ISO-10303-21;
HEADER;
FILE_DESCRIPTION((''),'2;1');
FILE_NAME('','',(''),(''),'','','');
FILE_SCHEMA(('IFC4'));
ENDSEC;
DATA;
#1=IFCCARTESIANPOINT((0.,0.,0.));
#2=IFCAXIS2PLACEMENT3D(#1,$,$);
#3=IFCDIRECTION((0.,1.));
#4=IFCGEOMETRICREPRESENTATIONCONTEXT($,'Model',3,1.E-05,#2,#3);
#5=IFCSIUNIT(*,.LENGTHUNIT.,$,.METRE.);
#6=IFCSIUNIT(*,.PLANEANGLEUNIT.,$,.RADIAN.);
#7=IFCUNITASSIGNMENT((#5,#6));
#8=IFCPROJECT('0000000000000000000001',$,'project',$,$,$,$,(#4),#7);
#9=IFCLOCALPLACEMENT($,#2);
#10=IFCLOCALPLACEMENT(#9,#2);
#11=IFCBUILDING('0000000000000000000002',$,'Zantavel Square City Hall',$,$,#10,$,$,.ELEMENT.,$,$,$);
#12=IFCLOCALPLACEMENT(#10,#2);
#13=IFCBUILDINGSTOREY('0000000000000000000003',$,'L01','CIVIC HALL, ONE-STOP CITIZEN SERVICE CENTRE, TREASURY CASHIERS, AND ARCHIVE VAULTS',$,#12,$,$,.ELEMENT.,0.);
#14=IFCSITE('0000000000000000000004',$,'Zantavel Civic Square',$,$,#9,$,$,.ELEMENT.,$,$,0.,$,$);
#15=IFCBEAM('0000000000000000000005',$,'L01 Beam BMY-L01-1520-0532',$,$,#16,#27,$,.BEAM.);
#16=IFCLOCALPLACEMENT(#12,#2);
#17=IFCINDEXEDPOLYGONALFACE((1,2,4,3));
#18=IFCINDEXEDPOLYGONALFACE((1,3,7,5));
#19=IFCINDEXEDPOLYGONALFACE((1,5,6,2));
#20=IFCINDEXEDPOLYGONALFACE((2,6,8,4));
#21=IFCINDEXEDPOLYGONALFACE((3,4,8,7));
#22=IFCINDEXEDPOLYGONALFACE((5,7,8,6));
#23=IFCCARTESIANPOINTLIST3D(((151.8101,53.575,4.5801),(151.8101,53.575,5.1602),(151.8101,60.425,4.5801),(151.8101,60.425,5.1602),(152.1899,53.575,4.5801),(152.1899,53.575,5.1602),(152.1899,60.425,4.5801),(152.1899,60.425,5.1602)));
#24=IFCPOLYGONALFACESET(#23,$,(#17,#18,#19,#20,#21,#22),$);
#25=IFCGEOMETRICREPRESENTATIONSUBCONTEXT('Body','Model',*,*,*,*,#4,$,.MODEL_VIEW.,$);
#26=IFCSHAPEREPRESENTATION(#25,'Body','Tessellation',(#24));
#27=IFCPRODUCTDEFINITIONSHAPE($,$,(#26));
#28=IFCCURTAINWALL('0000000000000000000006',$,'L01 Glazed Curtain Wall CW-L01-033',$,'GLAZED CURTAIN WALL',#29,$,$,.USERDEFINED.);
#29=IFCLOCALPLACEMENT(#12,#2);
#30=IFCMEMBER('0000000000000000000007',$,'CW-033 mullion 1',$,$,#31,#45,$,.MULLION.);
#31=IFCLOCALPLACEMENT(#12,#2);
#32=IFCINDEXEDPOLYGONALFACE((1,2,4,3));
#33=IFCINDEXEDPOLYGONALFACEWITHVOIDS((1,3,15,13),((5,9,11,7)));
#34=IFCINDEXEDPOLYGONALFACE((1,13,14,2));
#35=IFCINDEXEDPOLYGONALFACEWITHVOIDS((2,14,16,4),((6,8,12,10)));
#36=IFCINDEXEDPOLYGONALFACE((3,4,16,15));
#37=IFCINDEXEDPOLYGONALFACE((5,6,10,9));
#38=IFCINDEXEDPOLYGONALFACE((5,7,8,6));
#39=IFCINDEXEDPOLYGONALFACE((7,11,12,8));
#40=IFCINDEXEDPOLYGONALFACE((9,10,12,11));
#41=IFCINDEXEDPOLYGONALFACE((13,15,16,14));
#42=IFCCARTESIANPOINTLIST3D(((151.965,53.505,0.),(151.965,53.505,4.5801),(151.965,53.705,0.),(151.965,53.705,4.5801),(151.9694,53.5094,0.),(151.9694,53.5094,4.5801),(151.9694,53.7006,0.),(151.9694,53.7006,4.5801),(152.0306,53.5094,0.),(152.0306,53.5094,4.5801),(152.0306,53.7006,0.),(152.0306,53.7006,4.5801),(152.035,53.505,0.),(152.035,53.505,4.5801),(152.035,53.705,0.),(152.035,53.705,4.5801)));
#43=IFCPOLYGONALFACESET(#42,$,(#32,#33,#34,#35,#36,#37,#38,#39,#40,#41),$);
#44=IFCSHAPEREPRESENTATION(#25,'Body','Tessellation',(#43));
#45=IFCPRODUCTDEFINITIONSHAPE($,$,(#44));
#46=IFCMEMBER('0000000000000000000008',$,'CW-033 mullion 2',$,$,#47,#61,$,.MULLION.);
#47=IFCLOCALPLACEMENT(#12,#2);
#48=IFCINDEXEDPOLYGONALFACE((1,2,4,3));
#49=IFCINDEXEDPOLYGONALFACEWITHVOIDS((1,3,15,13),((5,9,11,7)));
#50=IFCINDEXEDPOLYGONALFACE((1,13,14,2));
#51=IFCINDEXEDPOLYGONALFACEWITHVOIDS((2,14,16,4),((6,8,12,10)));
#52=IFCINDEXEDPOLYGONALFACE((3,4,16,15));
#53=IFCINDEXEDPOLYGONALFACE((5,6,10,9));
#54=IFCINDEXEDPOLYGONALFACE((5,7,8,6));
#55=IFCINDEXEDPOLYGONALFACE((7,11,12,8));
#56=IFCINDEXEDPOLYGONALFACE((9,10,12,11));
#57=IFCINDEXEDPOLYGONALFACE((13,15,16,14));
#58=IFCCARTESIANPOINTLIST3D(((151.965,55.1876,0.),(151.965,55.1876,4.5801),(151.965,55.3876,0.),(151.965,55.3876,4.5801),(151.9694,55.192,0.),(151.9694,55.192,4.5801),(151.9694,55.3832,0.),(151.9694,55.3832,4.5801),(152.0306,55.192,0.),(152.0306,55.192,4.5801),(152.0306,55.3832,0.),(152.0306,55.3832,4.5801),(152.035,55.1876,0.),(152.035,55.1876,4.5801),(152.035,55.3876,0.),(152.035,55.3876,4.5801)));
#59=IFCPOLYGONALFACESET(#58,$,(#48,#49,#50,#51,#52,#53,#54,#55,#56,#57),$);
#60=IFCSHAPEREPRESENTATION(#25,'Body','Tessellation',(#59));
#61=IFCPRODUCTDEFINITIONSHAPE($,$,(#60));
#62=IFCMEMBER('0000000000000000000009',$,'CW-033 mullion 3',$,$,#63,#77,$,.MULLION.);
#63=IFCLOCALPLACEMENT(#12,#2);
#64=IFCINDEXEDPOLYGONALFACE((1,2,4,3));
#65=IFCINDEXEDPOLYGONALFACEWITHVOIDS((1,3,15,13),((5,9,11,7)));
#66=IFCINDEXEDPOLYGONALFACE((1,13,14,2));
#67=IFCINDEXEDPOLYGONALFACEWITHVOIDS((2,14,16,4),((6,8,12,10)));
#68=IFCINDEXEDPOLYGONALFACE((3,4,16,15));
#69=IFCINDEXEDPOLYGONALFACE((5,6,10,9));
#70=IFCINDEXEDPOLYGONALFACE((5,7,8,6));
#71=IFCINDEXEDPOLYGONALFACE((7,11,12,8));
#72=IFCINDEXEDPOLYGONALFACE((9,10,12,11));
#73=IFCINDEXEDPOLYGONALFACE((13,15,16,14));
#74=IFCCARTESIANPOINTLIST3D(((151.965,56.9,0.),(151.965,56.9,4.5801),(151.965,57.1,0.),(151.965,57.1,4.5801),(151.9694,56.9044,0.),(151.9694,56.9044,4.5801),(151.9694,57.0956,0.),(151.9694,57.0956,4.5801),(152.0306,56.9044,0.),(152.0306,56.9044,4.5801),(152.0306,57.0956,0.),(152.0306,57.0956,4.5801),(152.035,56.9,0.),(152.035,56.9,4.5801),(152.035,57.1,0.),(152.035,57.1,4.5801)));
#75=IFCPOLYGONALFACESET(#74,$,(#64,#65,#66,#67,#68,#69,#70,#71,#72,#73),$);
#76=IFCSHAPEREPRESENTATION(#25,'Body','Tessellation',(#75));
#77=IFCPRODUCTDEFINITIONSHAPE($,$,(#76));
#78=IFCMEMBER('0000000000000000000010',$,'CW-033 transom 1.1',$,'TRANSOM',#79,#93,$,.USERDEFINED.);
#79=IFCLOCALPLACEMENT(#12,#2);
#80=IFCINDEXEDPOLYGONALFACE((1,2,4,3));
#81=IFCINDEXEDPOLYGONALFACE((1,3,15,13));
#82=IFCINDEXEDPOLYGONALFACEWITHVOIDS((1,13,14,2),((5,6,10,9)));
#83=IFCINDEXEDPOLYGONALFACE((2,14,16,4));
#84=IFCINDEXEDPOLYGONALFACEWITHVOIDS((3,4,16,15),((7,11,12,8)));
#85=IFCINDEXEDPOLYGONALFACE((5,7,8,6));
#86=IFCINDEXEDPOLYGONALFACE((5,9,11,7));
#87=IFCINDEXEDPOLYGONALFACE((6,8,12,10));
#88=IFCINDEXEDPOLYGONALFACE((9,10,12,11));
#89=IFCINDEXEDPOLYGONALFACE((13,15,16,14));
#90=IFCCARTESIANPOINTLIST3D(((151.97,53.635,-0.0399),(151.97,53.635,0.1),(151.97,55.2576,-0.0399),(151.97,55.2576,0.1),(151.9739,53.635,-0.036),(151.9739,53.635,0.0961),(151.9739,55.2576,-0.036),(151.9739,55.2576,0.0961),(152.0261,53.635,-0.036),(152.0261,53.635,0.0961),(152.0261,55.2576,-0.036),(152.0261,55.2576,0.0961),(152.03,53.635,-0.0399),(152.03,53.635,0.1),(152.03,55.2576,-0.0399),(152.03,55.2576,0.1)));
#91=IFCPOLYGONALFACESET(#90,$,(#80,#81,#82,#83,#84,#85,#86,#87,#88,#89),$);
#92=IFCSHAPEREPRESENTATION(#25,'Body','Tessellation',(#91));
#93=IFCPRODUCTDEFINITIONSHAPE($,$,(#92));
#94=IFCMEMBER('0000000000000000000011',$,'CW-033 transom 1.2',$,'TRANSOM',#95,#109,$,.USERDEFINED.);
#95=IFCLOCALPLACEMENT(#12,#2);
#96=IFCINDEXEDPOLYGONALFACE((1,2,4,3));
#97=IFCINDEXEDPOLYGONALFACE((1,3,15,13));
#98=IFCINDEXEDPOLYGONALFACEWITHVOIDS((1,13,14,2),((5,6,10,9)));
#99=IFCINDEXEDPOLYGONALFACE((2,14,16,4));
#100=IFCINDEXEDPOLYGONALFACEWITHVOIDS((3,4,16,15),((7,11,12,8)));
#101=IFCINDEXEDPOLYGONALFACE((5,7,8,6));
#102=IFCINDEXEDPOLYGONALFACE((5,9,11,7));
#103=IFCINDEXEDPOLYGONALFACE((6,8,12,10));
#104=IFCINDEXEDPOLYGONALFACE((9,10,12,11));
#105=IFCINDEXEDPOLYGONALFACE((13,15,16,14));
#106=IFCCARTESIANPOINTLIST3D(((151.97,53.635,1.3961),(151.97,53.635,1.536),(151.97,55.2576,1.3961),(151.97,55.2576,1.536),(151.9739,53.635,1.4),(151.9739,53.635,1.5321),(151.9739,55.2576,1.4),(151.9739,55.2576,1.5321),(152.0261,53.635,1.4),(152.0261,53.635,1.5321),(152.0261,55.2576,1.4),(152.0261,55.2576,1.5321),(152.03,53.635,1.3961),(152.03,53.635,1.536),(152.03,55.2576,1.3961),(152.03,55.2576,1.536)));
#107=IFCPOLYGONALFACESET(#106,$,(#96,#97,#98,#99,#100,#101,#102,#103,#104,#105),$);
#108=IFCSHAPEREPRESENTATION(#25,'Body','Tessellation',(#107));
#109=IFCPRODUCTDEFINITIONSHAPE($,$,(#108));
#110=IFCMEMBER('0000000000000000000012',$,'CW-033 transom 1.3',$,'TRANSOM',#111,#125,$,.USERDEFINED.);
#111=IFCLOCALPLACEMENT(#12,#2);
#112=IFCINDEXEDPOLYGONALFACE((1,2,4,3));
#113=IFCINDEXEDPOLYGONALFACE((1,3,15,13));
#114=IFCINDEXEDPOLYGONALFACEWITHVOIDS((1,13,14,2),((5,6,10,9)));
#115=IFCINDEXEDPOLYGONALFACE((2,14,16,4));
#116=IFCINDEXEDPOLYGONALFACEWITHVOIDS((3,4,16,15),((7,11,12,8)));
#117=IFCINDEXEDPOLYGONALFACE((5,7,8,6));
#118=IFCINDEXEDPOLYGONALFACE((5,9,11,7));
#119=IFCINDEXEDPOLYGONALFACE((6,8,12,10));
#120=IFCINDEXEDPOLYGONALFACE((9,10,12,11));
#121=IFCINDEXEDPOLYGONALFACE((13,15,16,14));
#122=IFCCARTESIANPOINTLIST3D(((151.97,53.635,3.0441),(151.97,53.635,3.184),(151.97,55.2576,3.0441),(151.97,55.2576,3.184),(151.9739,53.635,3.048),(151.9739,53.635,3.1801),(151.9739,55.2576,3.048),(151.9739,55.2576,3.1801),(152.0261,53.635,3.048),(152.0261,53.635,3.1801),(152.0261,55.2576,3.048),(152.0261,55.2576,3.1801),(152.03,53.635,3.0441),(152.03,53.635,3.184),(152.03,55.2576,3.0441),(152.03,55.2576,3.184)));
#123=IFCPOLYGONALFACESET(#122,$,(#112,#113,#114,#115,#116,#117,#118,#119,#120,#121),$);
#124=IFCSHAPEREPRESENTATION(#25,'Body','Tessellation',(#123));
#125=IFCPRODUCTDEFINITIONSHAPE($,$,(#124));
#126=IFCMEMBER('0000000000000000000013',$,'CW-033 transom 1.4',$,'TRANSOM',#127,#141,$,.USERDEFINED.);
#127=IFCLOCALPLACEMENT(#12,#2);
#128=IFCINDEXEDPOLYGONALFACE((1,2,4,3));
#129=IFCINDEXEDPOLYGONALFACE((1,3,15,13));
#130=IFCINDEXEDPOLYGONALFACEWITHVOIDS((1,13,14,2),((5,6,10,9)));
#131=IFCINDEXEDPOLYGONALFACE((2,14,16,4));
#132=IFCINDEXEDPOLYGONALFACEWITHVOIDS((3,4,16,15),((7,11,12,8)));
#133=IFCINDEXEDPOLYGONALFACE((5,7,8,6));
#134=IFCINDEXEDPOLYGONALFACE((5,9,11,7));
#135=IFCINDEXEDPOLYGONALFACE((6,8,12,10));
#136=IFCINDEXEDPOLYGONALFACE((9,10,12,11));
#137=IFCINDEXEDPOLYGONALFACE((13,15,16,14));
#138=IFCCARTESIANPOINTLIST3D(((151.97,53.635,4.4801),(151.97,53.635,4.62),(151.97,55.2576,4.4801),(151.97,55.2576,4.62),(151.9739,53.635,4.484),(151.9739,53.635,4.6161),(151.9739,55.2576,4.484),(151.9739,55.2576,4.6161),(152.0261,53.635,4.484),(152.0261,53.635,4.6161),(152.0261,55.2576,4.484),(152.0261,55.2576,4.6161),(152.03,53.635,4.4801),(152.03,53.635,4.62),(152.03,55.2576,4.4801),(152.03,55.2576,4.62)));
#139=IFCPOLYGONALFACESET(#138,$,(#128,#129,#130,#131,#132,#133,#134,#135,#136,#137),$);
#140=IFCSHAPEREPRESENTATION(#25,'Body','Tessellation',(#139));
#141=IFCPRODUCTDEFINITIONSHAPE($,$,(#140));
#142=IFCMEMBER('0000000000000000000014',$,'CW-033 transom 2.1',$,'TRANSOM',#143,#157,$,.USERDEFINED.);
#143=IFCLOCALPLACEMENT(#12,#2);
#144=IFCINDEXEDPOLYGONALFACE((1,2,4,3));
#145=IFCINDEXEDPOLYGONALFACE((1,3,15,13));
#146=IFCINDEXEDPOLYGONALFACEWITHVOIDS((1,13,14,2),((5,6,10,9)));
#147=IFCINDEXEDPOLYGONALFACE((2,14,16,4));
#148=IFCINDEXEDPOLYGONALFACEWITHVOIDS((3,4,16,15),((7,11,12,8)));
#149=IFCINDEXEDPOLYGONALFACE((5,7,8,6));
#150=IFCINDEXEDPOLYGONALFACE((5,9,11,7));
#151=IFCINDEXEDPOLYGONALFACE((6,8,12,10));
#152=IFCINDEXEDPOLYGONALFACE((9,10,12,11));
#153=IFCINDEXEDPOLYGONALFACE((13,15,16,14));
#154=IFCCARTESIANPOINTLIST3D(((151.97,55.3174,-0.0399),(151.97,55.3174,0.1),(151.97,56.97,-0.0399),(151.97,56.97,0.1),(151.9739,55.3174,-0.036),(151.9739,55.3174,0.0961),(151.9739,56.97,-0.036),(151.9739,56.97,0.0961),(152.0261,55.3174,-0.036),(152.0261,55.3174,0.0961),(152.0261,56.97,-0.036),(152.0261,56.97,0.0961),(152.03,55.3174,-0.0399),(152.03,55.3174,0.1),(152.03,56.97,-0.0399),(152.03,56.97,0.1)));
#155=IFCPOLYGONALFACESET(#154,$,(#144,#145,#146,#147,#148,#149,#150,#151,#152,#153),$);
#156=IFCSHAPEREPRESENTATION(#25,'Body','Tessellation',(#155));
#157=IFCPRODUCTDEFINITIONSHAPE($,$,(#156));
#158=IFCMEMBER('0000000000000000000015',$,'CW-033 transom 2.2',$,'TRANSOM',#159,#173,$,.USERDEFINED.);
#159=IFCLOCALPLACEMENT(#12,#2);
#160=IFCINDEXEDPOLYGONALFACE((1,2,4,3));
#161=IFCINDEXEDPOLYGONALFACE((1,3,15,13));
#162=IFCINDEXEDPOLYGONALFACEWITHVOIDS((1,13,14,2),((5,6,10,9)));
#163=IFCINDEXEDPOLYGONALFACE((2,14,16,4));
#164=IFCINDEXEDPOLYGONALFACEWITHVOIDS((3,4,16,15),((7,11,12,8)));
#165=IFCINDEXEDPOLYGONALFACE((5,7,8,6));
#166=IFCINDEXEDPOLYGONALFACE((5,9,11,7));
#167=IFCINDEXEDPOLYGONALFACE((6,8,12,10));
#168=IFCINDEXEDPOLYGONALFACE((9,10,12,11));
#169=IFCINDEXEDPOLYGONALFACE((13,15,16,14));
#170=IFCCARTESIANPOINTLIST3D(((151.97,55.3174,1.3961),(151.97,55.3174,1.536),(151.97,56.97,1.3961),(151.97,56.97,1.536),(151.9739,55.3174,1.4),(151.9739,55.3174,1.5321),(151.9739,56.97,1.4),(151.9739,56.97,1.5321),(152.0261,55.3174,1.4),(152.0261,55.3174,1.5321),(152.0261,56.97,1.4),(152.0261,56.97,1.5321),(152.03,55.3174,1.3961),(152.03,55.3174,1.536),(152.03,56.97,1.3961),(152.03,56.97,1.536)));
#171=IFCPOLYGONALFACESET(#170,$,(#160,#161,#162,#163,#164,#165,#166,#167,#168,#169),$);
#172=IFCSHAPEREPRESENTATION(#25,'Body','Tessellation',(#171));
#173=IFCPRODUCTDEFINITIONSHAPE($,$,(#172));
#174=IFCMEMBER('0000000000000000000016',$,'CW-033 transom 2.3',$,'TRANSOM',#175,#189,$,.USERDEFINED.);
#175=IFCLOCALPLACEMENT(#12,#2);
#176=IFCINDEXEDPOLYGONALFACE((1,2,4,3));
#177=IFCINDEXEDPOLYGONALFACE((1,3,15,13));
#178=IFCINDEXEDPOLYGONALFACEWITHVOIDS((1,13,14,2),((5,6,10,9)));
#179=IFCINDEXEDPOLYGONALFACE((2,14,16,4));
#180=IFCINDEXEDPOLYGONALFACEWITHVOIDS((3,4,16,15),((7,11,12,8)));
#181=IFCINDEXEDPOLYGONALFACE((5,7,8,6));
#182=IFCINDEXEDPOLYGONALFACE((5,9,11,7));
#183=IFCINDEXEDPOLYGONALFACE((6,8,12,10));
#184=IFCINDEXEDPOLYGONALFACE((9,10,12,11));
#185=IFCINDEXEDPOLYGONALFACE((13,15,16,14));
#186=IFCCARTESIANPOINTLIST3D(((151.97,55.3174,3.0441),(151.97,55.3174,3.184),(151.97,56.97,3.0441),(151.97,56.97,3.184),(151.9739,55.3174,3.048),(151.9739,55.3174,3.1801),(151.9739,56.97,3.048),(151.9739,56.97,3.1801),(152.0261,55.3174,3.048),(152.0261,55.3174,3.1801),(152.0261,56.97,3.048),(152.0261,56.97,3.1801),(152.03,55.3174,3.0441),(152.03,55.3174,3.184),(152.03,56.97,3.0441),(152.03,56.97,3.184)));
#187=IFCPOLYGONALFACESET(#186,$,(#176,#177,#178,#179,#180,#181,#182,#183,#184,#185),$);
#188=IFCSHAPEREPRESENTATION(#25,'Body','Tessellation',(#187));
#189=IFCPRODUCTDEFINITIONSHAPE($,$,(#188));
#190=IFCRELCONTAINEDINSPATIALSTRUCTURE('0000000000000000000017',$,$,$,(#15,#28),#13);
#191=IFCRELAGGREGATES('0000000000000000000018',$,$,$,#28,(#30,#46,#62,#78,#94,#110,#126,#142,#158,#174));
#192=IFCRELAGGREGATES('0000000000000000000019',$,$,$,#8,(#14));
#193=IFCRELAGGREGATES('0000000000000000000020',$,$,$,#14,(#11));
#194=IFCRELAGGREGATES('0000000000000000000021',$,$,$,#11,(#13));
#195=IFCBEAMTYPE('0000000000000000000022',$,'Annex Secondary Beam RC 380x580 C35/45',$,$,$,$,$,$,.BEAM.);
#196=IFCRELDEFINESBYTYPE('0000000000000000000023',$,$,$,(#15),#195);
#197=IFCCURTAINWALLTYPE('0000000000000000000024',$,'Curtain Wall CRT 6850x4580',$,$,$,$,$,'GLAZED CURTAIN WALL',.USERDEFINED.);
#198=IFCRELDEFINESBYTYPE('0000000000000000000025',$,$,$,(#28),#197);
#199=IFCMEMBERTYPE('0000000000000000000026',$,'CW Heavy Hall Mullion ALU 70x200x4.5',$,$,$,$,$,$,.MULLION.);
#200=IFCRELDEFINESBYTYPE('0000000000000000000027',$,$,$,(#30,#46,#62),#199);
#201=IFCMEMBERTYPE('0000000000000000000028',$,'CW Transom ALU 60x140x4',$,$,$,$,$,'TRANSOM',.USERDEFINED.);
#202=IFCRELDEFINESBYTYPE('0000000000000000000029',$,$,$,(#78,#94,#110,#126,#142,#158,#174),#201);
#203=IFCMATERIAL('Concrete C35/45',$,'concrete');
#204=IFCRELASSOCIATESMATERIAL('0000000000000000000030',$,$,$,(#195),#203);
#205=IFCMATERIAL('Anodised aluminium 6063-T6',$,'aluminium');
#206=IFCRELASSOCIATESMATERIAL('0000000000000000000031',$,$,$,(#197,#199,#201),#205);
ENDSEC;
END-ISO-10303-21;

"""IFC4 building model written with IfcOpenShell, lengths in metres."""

from ifc_helpers import new_model, si_unit, direction, frame, origin, origin_2d, place, context, subcontext, project, spatial, rectangle, hollow_rectangle, extrude, material, material_profile, profile_set, type_object, element, aggregate, save


model = new_model("IFC4")

# Units and contexts
model_context = context("Model", 3, precision=1e-05, world=origin(), true_north=direction((0.0, 1.0)))
body_context = subcontext(model_context, "Body", "Model", "MODEL_VIEW")
ifc_project = project(units=[si_unit("LENGTHUNIT", "METRE"), si_unit("PLANEANGLEUNIT", "RADIAN")], contexts=[model_context])

# Site, building, storey
site_placement = place(None, origin())
site = spatial("IfcSite", under=ifc_project, at=site_placement, Name="Zantavel Civic Square", CompositionType="ELEMENT", RefElevation=0.0)
building_placement = place(site_placement, origin())
building = spatial("IfcBuilding", under=site, at=building_placement, Name="Zantavel Square City Hall", CompositionType="ELEMENT")
storey_placement = place(building_placement, origin())
storey = spatial("IfcBuildingStorey", under=building, at=storey_placement, Name="L01", Description="CIVIC HALL, ONE-STOP CITIZEN SERVICE CENTRE, TREASURY CASHIERS, AND ARCHIVE VAULTS", CompositionType="ELEMENT", Elevation=0.0)

# Beam
ifc_material_1 = material(Name="Concrete C35/45", Category="concrete")
ifc_material_profile_1 = material_profile(ifc_material_1, rectangle(XDim=0.3799, YDim=0.5801, at=origin_2d()), Name="RC 380x580")
ifc_profile_set_1 = profile_set([ifc_material_profile_1], Name="Concrete C35/45")
beam_type = type_object("IfcBeamType", Name="Annex Secondary Beam RC 380x580 C35/45", PredefinedType="BEAM", material=ifc_profile_set_1)
beam_placement = place(storey_placement, frame((152.0, 53.575, 4.8701), z_axis=(0.0, 1.0, 0.0), x_axis=(-1.0, 0.0, 0.0)))
element("IfcBeam", 1, at=beam_placement, inside=storey, type_object=beam_type, Name="L01 Beam BMY-L01-1520-0532", PredefinedType="BEAM", context=body_context, shape_type="SweptSolid", body=[
    extrude(rectangle(XDim=0.3799, YDim=0.5801, at=origin_2d()), origin(), (0.0, 0.0, 1.0), 6.8501),
])

# Curtain wall, members
ifc_material_2 = material(Name="Anodised aluminium 6063-T6", Category="aluminium")
curtain_wall_type = type_object("IfcCurtainWallType", Name="Curtain Wall CRT 6850x4580", ElementType="GLAZED CURTAIN WALL", PredefinedType="USERDEFINED", material=ifc_material_2)
curtain_wall_placement = place(storey_placement, origin())
curtain_wall = element("IfcCurtainWall", 2, at=curtain_wall_placement, inside=storey, type_object=curtain_wall_type, Name="L01 Glazed Curtain Wall CW-L01-033", ObjectType="GLAZED CURTAIN WALL", PredefinedType="USERDEFINED")
ifc_material_profile_2 = material_profile(ifc_material_2, hollow_rectangle(XDim=0.0701, YDim=0.2, WallThickness=0.0044, at=origin_2d()), Name="ALU 70x200x4.5")
ifc_profile_set_2 = profile_set([ifc_material_profile_2], Name="Anodised aluminium 6063-T6")
member_type_1 = type_object("IfcMemberType", Name="CW Heavy Hall Mullion ALU 70x200x4.5", PredefinedType="MULLION", material=ifc_profile_set_2)
member_1_placement = place(storey_placement, frame((152.0, 53.605, 0.0), z_axis=(0.0, 0.0, 1.0), x_axis=(-1.0, 0.0, 0.0)))
member_1 = element("IfcMember", 3, at=member_1_placement, type_object=member_type_1, Name="CW-033 mullion 1", PredefinedType="MULLION", context=body_context, shape_type="SweptSolid", body=[
    extrude(hollow_rectangle(XDim=0.0701, YDim=0.2, WallThickness=0.0044, at=origin_2d()), origin(), (0.0, 0.0, 1.0), 4.5801),
])
member_2_placement = place(storey_placement, frame((152.0, 55.2876, 0.0), z_axis=(0.0, 0.0, 1.0), x_axis=(-1.0, 0.0, 0.0)))
member_2 = element("IfcMember", 4, at=member_2_placement, type_object=member_type_1, Name="CW-033 mullion 2", PredefinedType="MULLION", context=body_context, shape_type="SweptSolid", body=[
    extrude(hollow_rectangle(XDim=0.0701, YDim=0.2, WallThickness=0.0044, at=origin_2d()), origin(), (0.0, 0.0, 1.0), 4.5801),
])
member_3_placement = place(storey_placement, frame((152.0, 57.0, 0.0), z_axis=(0.0, 0.0, 1.0), x_axis=(-1.0, 0.0, 0.0)))
member_3 = element("IfcMember", 5, at=member_3_placement, type_object=member_type_1, Name="CW-033 mullion 3", PredefinedType="MULLION", context=body_context, shape_type="SweptSolid", body=[
    extrude(hollow_rectangle(XDim=0.0701, YDim=0.2, WallThickness=0.0044, at=origin_2d()), origin(), (0.0, 0.0, 1.0), 4.5801),
])
ifc_material_profile_3 = material_profile(ifc_material_2, hollow_rectangle(XDim=0.0601, YDim=0.1399, WallThickness=0.0039, at=origin_2d()), Name="ALU 60x140x4")
ifc_profile_set_3 = profile_set([ifc_material_profile_3], Name="Anodised aluminium 6063-T6")
member_type_2 = type_object("IfcMemberType", Name="CW Transom ALU 60x140x4", ElementType="TRANSOM", PredefinedType="USERDEFINED", material=ifc_profile_set_3)
member_4_placement = place(storey_placement, frame((152.0, 53.635, 0.03), z_axis=(0.0, 1.0, 0.0), x_axis=(-1.0, 0.0, 0.0)))
member_4 = element("IfcMember", 6, at=member_4_placement, type_object=member_type_2, Name="CW-033 transom 1.1", ObjectType="TRANSOM", PredefinedType="USERDEFINED", context=body_context, shape_type="SweptSolid", body=[
    extrude(hollow_rectangle(XDim=0.0601, YDim=0.1399, WallThickness=0.0039, at=origin_2d()), origin(), (0.0, 0.0, 1.0), 1.6226),
])
member_5_placement = place(storey_placement, frame((152.0, 53.635, 1.4661), z_axis=(0.0, 1.0, 0.0), x_axis=(-1.0, 0.0, 0.0)))
member_5 = element("IfcMember", 7, at=member_5_placement, type_object=member_type_2, Name="CW-033 transom 1.2", ObjectType="TRANSOM", PredefinedType="USERDEFINED", context=body_context, shape_type="SweptSolid", body=[
    extrude(hollow_rectangle(XDim=0.0601, YDim=0.1399, WallThickness=0.0039, at=origin_2d()), origin(), (0.0, 0.0, 1.0), 1.6226),
])
member_6_placement = place(storey_placement, frame((152.0, 53.635, 3.114), z_axis=(0.0, 1.0, 0.0), x_axis=(-1.0, 0.0, 0.0)))
member_6 = element("IfcMember", 8, at=member_6_placement, type_object=member_type_2, Name="CW-033 transom 1.3", ObjectType="TRANSOM", PredefinedType="USERDEFINED", context=body_context, shape_type="SweptSolid", body=[
    extrude(hollow_rectangle(XDim=0.0601, YDim=0.1399, WallThickness=0.0039, at=origin_2d()), origin(), (0.0, 0.0, 1.0), 1.6226),
])
member_7_placement = place(storey_placement, frame((152.0, 53.635, 4.55), z_axis=(0.0, 1.0, 0.0), x_axis=(-1.0, 0.0, 0.0)))
member_7 = element("IfcMember", 9, at=member_7_placement, type_object=member_type_2, Name="CW-033 transom 1.4", ObjectType="TRANSOM", PredefinedType="USERDEFINED", context=body_context, shape_type="SweptSolid", body=[
    extrude(hollow_rectangle(XDim=0.0601, YDim=0.1399, WallThickness=0.0039, at=origin_2d()), origin(), (0.0, 0.0, 1.0), 1.6226),
])
member_8_placement = place(storey_placement, frame((152.0, 55.3174, 0.03), z_axis=(0.0, 1.0, 0.0), x_axis=(-1.0, 0.0, 0.0)))
member_8 = element("IfcMember", 10, at=member_8_placement, type_object=member_type_2, Name="CW-033 transom 2.1", ObjectType="TRANSOM", PredefinedType="USERDEFINED", context=body_context, shape_type="SweptSolid", body=[
    extrude(hollow_rectangle(XDim=0.0601, YDim=0.1399, WallThickness=0.0039, at=origin_2d()), origin(), (0.0, 0.0, 1.0), 1.6526),
])
member_9_placement = place(storey_placement, frame((152.0, 55.3174, 1.4661), z_axis=(0.0, 1.0, 0.0), x_axis=(-1.0, 0.0, 0.0)))
member_9 = element("IfcMember", 11, at=member_9_placement, type_object=member_type_2, Name="CW-033 transom 2.2", ObjectType="TRANSOM", PredefinedType="USERDEFINED", context=body_context, shape_type="SweptSolid", body=[
    extrude(hollow_rectangle(XDim=0.0601, YDim=0.1399, WallThickness=0.0039, at=origin_2d()), origin(), (0.0, 0.0, 1.0), 1.6526),
])
member_10_placement = place(storey_placement, frame((152.0, 55.3174, 3.114), z_axis=(0.0, 1.0, 0.0), x_axis=(-1.0, 0.0, 0.0)))
member_10 = element("IfcMember", 12, at=member_10_placement, type_object=member_type_2, Name="CW-033 transom 2.3", ObjectType="TRANSOM", PredefinedType="USERDEFINED", context=body_context, shape_type="SweptSolid", body=[
    extrude(hollow_rectangle(XDim=0.0601, YDim=0.1399, WallThickness=0.0039, at=origin_2d()), origin(), (0.0, 0.0, 1.0), 1.6526),
])
aggregate(curtain_wall, [member_1, member_2, member_3, member_4, member_5, member_6, member_7, member_8, member_9, member_10])

save(model, "model.ifc")
